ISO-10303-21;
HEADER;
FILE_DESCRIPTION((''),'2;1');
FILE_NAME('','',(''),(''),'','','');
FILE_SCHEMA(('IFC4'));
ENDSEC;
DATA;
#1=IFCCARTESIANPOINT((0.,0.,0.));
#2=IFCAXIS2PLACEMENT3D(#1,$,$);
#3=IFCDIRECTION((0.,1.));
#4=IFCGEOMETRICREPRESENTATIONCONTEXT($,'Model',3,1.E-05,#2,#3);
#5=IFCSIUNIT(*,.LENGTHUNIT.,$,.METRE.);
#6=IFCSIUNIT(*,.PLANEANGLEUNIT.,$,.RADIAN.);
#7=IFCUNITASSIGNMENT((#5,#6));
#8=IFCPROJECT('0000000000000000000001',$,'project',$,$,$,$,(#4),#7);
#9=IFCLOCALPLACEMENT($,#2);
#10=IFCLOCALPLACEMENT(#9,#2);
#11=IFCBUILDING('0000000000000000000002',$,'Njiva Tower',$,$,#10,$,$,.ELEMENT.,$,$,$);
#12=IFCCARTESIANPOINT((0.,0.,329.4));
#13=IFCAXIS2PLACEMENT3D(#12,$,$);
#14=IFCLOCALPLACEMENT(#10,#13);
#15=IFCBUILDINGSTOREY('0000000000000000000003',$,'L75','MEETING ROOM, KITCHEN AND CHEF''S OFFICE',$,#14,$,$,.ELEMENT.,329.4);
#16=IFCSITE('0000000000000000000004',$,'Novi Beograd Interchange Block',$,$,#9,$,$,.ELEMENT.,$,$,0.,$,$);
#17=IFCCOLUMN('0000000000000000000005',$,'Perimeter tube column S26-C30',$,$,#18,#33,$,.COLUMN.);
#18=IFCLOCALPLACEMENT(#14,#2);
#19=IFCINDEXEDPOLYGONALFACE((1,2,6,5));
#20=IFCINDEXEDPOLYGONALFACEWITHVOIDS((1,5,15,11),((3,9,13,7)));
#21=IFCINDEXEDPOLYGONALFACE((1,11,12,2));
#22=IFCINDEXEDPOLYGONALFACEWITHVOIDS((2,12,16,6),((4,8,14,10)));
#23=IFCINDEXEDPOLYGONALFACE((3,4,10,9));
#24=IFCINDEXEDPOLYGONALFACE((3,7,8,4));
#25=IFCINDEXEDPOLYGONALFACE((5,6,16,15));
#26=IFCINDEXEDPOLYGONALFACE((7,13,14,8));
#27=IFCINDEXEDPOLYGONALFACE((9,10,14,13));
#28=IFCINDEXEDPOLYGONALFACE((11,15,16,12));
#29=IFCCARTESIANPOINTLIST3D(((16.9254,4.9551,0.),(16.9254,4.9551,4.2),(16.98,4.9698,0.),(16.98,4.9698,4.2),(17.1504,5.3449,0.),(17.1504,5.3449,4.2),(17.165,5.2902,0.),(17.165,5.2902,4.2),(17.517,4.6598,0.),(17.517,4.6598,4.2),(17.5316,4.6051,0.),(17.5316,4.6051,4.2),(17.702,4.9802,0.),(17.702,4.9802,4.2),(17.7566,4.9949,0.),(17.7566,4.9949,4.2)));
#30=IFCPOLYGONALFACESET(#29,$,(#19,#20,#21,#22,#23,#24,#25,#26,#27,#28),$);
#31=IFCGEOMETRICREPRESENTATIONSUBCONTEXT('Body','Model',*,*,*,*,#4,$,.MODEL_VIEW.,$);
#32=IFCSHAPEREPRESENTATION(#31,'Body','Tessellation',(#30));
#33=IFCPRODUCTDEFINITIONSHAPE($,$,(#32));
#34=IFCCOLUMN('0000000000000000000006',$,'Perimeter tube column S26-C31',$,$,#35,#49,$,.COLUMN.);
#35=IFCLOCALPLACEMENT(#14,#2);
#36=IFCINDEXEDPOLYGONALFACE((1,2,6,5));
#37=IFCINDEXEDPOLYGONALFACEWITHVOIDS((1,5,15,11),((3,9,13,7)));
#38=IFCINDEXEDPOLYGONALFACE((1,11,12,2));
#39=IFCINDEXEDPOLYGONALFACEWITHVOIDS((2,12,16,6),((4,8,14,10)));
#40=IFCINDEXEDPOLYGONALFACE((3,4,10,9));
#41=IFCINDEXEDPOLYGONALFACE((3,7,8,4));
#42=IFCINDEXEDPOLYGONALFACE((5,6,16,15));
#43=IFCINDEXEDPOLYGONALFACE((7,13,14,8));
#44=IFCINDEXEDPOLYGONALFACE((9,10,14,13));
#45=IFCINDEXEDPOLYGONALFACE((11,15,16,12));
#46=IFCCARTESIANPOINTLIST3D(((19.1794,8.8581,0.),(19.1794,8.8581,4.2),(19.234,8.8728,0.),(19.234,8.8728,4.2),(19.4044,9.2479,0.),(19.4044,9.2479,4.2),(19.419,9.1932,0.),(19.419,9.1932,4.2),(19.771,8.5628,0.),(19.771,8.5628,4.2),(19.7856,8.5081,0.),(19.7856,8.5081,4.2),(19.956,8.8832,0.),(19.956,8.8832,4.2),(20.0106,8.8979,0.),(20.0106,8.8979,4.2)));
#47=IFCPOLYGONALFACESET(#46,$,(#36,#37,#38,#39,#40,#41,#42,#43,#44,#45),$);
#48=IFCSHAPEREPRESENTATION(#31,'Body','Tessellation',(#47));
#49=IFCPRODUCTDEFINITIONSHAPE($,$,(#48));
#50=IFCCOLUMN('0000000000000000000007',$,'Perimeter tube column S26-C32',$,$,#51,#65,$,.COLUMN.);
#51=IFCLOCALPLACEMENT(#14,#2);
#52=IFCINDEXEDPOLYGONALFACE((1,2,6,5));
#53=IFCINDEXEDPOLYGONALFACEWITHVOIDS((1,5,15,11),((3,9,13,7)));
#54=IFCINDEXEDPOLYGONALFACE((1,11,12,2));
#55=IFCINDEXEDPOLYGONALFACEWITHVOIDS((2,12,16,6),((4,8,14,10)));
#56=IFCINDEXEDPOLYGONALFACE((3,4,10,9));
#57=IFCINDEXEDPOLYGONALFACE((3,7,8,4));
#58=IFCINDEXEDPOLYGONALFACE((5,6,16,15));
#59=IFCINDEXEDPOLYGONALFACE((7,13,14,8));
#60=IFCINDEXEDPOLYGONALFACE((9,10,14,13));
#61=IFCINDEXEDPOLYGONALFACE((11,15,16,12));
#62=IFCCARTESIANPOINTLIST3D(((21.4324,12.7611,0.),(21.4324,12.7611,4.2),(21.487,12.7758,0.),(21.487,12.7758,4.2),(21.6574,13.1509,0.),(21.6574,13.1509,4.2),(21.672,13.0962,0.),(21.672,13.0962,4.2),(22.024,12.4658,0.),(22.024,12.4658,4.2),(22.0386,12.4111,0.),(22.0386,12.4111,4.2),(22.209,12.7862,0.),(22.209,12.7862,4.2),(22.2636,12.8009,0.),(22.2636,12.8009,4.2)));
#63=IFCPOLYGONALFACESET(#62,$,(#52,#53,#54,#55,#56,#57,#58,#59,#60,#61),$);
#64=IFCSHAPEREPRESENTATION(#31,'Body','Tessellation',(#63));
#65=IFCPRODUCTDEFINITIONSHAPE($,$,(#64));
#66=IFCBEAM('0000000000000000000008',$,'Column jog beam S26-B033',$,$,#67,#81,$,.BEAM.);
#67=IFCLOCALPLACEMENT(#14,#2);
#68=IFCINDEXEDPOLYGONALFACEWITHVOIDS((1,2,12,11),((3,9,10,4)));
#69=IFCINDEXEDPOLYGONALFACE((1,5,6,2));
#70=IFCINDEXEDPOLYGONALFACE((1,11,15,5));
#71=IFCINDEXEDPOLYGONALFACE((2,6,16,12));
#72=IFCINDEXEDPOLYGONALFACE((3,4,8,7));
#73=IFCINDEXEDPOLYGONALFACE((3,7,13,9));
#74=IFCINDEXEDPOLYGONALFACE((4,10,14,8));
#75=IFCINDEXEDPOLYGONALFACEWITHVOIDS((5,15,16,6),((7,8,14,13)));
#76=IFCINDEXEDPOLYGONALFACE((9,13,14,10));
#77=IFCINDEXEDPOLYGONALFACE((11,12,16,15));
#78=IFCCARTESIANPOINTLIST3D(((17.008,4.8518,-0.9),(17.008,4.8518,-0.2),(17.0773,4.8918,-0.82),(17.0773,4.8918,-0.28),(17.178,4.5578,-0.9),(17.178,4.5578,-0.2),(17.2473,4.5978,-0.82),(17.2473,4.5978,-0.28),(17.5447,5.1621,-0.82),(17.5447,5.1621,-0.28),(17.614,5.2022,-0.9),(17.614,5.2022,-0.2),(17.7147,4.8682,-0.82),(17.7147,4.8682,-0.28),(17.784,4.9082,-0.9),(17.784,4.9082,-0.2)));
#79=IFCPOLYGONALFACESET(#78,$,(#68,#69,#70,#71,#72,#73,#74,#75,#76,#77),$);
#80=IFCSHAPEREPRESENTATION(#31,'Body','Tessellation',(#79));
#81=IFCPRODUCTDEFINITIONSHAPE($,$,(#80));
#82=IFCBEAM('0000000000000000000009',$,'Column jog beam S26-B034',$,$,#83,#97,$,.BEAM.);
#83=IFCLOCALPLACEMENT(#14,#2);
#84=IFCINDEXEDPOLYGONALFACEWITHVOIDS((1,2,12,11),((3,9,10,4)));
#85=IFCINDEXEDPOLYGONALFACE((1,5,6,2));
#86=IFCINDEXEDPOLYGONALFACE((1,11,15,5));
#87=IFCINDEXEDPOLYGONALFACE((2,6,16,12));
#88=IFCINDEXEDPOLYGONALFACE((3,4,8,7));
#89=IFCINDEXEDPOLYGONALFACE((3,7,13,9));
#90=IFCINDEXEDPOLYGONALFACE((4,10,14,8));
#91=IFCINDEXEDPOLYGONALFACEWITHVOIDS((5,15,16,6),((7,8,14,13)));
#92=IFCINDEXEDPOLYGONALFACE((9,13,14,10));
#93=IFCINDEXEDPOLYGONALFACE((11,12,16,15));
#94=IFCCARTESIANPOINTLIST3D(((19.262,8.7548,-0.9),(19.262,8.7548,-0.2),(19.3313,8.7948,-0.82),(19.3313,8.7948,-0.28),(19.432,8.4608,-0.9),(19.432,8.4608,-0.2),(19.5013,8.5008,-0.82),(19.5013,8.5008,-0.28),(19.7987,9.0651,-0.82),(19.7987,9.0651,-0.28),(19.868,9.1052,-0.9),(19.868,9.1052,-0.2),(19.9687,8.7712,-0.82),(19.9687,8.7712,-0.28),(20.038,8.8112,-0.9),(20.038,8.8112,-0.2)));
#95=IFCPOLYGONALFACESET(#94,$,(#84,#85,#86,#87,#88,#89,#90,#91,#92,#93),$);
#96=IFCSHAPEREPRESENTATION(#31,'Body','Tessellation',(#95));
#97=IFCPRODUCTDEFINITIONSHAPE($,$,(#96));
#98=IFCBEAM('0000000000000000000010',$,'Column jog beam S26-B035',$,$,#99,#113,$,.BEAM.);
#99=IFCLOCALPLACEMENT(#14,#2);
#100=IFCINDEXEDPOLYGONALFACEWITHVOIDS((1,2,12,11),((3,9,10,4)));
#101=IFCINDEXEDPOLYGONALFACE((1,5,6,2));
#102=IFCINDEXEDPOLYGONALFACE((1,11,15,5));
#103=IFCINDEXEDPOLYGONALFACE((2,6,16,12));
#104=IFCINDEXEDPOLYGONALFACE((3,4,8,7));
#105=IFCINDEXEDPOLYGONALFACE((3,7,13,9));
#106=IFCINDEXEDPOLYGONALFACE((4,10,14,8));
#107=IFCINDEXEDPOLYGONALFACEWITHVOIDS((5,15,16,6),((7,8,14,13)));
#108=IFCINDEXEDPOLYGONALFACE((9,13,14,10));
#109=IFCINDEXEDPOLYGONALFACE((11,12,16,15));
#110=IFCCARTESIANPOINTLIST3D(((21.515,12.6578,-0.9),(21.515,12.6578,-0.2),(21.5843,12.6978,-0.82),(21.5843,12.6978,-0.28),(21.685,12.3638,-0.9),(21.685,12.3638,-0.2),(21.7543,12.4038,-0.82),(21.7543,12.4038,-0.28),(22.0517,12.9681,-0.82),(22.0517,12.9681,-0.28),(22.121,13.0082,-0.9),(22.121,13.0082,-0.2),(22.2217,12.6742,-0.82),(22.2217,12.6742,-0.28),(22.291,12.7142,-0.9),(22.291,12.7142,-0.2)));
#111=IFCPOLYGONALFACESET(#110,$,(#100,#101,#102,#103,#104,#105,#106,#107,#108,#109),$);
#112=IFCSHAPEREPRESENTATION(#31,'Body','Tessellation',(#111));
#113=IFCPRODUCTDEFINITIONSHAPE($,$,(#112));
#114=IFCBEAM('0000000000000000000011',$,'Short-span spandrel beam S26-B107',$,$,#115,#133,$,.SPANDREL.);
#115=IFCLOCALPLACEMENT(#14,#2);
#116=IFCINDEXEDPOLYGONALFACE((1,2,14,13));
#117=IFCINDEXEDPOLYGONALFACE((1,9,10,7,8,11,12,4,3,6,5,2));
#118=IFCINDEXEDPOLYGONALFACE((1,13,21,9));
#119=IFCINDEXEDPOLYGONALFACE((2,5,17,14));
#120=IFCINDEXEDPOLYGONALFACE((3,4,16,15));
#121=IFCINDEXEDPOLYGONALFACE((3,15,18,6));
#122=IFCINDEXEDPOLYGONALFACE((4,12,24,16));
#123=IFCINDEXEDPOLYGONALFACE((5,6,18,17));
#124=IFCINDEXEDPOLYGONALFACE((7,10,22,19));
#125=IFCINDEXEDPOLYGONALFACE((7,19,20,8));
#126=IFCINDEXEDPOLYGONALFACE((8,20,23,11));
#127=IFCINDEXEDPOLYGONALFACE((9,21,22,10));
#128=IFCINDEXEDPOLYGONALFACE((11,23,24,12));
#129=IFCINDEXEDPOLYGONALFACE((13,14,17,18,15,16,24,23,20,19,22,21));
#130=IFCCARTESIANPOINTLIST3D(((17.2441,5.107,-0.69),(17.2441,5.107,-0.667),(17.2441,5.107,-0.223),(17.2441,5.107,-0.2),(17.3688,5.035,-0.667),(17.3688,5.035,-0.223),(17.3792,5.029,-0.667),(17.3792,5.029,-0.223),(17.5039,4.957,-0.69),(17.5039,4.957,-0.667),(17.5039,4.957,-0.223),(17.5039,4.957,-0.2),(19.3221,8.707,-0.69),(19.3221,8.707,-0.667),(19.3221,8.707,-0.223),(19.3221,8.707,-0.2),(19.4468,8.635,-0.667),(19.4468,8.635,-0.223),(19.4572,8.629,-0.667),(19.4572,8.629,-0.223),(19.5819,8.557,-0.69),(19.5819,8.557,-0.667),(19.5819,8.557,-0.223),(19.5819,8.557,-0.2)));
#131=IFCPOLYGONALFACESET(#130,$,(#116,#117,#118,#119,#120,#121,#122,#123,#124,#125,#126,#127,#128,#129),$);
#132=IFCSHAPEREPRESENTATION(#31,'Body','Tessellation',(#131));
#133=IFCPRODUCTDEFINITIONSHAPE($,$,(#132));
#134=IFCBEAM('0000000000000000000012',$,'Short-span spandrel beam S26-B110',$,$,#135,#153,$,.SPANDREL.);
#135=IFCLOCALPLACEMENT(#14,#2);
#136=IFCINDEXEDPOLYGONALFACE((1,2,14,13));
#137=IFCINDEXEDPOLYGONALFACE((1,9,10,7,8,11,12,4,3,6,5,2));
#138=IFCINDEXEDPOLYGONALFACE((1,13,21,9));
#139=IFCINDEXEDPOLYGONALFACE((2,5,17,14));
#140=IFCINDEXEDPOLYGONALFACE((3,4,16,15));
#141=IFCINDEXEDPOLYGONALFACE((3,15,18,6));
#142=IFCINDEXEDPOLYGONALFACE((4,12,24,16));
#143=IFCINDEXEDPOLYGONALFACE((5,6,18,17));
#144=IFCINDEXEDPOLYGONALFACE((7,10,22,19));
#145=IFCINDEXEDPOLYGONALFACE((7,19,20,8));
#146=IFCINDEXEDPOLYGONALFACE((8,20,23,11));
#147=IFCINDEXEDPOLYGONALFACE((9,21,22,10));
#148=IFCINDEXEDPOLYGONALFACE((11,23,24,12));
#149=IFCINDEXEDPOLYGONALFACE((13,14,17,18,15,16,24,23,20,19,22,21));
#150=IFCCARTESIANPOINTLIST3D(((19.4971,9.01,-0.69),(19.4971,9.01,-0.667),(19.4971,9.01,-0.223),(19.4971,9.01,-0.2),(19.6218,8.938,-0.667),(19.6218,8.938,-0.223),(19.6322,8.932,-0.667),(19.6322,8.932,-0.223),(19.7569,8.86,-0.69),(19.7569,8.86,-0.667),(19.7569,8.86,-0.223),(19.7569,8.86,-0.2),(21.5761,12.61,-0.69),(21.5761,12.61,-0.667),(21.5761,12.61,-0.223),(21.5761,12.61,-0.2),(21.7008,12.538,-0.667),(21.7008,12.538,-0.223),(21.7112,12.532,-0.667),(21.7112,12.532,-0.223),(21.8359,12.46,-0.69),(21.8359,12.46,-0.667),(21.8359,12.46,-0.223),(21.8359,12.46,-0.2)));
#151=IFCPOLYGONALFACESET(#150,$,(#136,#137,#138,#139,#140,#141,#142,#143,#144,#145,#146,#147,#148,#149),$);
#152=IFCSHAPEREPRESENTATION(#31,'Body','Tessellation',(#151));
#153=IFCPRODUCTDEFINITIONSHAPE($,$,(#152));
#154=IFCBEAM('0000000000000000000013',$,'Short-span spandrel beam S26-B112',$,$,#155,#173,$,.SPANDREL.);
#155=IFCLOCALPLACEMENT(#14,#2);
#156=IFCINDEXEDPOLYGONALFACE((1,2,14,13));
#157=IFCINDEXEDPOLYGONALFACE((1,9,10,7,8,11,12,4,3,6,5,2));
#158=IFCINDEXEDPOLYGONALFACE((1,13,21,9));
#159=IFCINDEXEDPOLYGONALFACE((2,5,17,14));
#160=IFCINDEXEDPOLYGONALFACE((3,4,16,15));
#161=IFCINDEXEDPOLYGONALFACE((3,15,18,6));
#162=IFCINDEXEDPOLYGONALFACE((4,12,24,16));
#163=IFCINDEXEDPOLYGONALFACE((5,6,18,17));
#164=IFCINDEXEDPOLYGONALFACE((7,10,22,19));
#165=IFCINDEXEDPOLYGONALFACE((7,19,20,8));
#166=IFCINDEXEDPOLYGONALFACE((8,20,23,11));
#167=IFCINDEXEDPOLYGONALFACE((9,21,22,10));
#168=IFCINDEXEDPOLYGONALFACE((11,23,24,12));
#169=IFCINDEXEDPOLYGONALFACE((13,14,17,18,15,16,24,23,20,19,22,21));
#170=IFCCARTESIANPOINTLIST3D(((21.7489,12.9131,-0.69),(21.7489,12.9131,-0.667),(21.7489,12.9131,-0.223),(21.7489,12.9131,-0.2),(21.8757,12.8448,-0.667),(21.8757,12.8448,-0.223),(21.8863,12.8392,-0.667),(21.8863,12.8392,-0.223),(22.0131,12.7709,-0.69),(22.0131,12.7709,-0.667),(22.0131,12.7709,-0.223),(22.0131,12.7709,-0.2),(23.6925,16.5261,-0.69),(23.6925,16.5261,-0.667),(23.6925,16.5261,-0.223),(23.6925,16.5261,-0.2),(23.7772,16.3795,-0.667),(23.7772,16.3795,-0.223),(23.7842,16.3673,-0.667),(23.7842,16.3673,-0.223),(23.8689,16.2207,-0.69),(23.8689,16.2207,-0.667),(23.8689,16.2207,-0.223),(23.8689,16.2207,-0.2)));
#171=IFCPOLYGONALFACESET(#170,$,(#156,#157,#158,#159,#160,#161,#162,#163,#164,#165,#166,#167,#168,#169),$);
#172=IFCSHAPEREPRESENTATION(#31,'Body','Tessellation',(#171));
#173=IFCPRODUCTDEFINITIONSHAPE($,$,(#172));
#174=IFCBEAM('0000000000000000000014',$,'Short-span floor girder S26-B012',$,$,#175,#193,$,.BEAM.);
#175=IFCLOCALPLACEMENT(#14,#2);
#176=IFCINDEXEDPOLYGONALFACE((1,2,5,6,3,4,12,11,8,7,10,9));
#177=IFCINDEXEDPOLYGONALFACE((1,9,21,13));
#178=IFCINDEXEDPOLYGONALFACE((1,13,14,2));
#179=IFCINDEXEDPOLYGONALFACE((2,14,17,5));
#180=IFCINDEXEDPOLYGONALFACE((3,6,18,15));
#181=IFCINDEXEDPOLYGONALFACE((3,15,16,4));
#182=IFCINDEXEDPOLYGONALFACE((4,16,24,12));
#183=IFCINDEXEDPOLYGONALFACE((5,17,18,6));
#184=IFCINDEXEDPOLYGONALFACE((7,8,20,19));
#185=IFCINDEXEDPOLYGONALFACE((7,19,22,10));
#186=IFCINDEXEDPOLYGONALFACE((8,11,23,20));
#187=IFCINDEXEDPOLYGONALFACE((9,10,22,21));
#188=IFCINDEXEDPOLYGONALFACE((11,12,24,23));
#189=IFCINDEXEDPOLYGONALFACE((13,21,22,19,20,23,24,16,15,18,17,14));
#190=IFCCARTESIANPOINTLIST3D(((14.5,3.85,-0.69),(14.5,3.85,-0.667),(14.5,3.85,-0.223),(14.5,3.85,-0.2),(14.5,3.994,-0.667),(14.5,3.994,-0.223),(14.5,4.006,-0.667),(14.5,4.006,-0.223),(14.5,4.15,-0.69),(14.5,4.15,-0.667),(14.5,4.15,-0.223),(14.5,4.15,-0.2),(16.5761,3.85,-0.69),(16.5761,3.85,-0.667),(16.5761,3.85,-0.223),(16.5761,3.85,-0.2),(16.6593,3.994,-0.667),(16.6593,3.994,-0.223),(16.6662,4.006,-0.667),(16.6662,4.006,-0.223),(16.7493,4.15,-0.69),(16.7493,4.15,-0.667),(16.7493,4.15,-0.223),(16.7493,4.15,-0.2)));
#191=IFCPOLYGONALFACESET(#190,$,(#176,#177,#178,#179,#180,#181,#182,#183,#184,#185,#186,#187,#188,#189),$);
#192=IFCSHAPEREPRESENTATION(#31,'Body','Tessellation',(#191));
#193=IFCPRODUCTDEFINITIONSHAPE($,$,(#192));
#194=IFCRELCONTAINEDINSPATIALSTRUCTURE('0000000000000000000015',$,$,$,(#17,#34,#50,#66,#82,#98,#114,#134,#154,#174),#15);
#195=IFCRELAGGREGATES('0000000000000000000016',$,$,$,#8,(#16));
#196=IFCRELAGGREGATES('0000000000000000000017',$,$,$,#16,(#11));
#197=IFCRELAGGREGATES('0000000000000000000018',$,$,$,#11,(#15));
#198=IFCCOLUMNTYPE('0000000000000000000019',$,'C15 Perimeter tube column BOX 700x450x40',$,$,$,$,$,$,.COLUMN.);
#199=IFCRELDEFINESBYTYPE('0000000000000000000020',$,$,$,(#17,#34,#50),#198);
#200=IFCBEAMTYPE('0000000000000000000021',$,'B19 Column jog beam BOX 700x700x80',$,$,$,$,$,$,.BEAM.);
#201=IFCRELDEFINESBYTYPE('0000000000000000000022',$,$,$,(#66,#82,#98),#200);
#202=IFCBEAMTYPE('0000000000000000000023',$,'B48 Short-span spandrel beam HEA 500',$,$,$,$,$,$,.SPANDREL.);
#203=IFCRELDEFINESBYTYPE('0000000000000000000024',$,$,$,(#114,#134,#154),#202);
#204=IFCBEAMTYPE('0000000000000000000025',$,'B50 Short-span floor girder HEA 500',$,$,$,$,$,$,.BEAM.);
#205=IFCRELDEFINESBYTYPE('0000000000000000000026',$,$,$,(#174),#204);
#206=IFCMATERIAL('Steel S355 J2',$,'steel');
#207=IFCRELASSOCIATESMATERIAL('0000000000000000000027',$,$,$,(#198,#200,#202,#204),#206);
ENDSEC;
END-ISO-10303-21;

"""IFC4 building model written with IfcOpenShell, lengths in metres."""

from ifc_helpers import new_model, si_unit, direction, frame, origin, origin_2d, place, context, subcontext, project, spatial, hollow_rectangle, i_section, extrude, clip, halfspace, material, material_profile, profile_set, type_object, element, save


model = new_model("IFC4")

# Units and contexts
model_context = context("Model", 3, precision=1e-05, world=origin(), true_north=direction((0.0, 1.0)))
body_context = subcontext(model_context, "Body", "Model", "MODEL_VIEW")
ifc_project = project(units=[si_unit("LENGTHUNIT", "METRE"), si_unit("PLANEANGLEUNIT", "RADIAN")], contexts=[model_context])

# Site, building, storey
site_placement = place(None, origin())
site = spatial("IfcSite", under=ifc_project, at=site_placement, Name="Novi Beograd Interchange Block", CompositionType="ELEMENT", RefElevation=0.0)
building_placement = place(site_placement, origin())
building = spatial("IfcBuilding", under=site, at=building_placement, Name="Njiva Tower", CompositionType="ELEMENT")
storey_placement = place(building_placement, frame((0.0, 0.0, 329.4)))
storey = spatial("IfcBuildingStorey", under=building, at=storey_placement, Name="L75", Description="MEETING ROOM, KITCHEN AND CHEF'S OFFICE", CompositionType="ELEMENT", Elevation=329.4)

# Columns
ifc_material_1 = material(Name="Steel S355 J2", Category="steel")
ifc_material_profile_1 = material_profile(ifc_material_1, hollow_rectangle(XDim=0.45, YDim=0.7, WallThickness=0.04, at=origin_2d()), Name="BOX 700x450x40")
ifc_profile_set_1 = profile_set([ifc_material_profile_1], Name="Steel S355 J2")
column_type = type_object("IfcColumnType", Name="C15 Perimeter tube column BOX 700x450x40", PredefinedType="COLUMN", material=ifc_profile_set_1)
for number, where, z_axis, x_axis, name in (
    (1, (17.341, 4.975, 0.0), (0.0, 0.0, 1.0), (0.5, 0.866025, 0.0), "Perimeter tube column S26-C30"),
    (2, (19.595, 8.878, 0.0), (0.0, 0.0, 1.0), (0.5, 0.866025, 0.0), "Perimeter tube column S26-C31"),
    (3, (21.848, 12.781, 0.0), (0.0, 0.0, 1.0), (0.5, 0.866025, 0.0), "Perimeter tube column S26-C32"),
):
    element("IfcColumn", number, at=place(storey_placement, frame(where, z_axis=z_axis, x_axis=x_axis)), inside=storey, type_object=column_type, Name=name, PredefinedType="COLUMN", context=body_context, shape_type="SweptSolid", body=[
        extrude(hollow_rectangle(XDim=0.45, YDim=0.7, WallThickness=0.04, at=origin_2d()), origin(), (0.0, 0.0, 1.0), 4.2),
    ])

# Beams
ifc_material_profile_2 = material_profile(ifc_material_1, hollow_rectangle(XDim=0.7, YDim=0.7, WallThickness=0.08, at=origin_2d()), Name="BOX 700x700x80")
ifc_profile_set_2 = profile_set([ifc_material_profile_2], Name="Steel S355 J2")
beam_type_1 = type_object("IfcBeamType", Name="B19 Column jog beam BOX 700x700x80", PredefinedType="BEAM", material=ifc_profile_set_2)
for number, where, z_axis, x_axis, name in (
    (4, (17.481, 4.733, -0.55), (-0.500572, 0.865695, 0.0), (-0.865695, -0.500572, 0.0), "Column jog beam S26-B033"),
    (5, (19.735, 8.636, -0.55), (-0.500572, 0.865695, 0.0), (-0.865695, -0.500572, 0.0), "Column jog beam S26-B034"),
    (6, (21.988, 12.539, -0.55), (-0.500572, 0.865695, 0.0), (-0.865695, -0.500572, 0.0), "Column jog beam S26-B035"),
):
    element("IfcBeam", number, at=place(storey_placement, frame(where, z_axis=z_axis, x_axis=x_axis)), inside=storey, type_object=beam_type_1, Name=name, PredefinedType="BEAM", context=body_context, shape_type="SweptSolid", body=[
        extrude(hollow_rectangle(XDim=0.7, YDim=0.7, WallThickness=0.08, at=origin_2d()), origin(), (0.0, 0.0, 1.0), 0.3396),
    ])
ifc_material_profile_3 = material_profile(ifc_material_1, i_section(OverallWidth=0.3, OverallDepth=0.49, WebThickness=0.012, FlangeThickness=0.023, at=origin_2d()), Name="HEA 500")
ifc_profile_set_3 = profile_set([ifc_material_profile_3], Name="Steel S355 J2")
beam_type_2 = type_object("IfcBeamType", Name="B48 Short-span spandrel beam HEA 500", PredefinedType="SPANDREL", material=ifc_profile_set_3)
beam_1_placement = place(storey_placement, frame((17.374, 5.032, -0.445), z_axis=(0.499917, 0.866073, 0.0), x_axis=(-0.866073, 0.499917, 0.0)))
element("IfcBeam", 7, at=beam_1_placement, inside=storey, type_object=beam_type_2, Name="Short-span spandrel beam S26-B107", PredefinedType="SPANDREL", context=body_context, shape_type="SweptSolid", body=[
    extrude(i_section(OverallWidth=0.3, OverallDepth=0.49, WebThickness=0.012, FlangeThickness=0.023, at=origin_2d()), origin(), (0.0, 0.0, 1.0), 4.1567),
])
beam_2_placement = place(storey_placement, frame((19.627, 8.935, -0.445), z_axis=(0.500097, 0.865969, 0.0), x_axis=(-0.865969, 0.500097, 0.0)))
element("IfcBeam", 8, at=beam_2_placement, inside=storey, type_object=beam_type_2, Name="Short-span spandrel beam S26-B110", PredefinedType="SPANDREL", context=body_context, shape_type="SweptSolid", body=[
    extrude(i_section(OverallWidth=0.3, OverallDepth=0.49, WebThickness=0.012, FlangeThickness=0.023, at=origin_2d()), origin(), (0.0, 0.0, 1.0), 4.1572),
])
beam_3_placement = place(storey_placement, frame((21.881, 12.842, -0.445), z_axis=(0.473743, 0.880663, 0.0), x_axis=(-0.880663, 0.473743, 0.0)))
element("IfcBeam", 9, at=beam_3_placement, inside=storey, type_object=beam_type_2, Name="Short-span spandrel beam S26-B112", PredefinedType="SPANDREL", context=body_context, shape_type="Clipping", body=[
    clip(extrude(i_section(OverallWidth=0.3, OverallDepth=0.49, WebThickness=0.012, FlangeThickness=0.023, at=origin_2d()), origin(), (0.0, 0.0, 1.0), 4.1236), halfspace(frame((-0.0261, 0.0, 3.9938), z_axis=(-0.525807, 0.0, 0.850604), x_axis=(0.0, 1.0, 0.0)), False)),
])
ifc_material_profile_4 = material_profile(ifc_material_1, i_section(OverallWidth=0.3, OverallDepth=0.49, WebThickness=0.012, FlangeThickness=0.023, at=origin_2d()), Name="HEA 500")
ifc_profile_set_4 = profile_set([ifc_material_profile_4], Name="Steel S355 J2")
beam_type_3 = type_object("IfcBeamType", Name="B50 Short-span floor girder HEA 500", PredefinedType="BEAM", material=ifc_profile_set_4)
beam_4_placement = place(storey_placement, frame((14.5, 4.0, -0.445), z_axis=(1.0, 0.0, 0.0), x_axis=(0.0, 1.0, 0.0)))
element("IfcBeam", 10, at=beam_4_placement, inside=storey, type_object=beam_type_3, Name="Short-span floor girder S26-B012", PredefinedType="BEAM", context=body_context, shape_type="Clipping", body=[
    clip(extrude(i_section(OverallWidth=0.3, OverallDepth=0.49, WebThickness=0.012, FlangeThickness=0.023, at=origin_2d()), origin(), (0.0, 0.0, 1.0), 2.27), halfspace(frame((-0.025, 0.0, 2.1483), z_axis=(-0.499998, 0.0, 0.866027), x_axis=(0.0, 1.0, 0.0)), False)),
])

save(model, "model.ifc")
